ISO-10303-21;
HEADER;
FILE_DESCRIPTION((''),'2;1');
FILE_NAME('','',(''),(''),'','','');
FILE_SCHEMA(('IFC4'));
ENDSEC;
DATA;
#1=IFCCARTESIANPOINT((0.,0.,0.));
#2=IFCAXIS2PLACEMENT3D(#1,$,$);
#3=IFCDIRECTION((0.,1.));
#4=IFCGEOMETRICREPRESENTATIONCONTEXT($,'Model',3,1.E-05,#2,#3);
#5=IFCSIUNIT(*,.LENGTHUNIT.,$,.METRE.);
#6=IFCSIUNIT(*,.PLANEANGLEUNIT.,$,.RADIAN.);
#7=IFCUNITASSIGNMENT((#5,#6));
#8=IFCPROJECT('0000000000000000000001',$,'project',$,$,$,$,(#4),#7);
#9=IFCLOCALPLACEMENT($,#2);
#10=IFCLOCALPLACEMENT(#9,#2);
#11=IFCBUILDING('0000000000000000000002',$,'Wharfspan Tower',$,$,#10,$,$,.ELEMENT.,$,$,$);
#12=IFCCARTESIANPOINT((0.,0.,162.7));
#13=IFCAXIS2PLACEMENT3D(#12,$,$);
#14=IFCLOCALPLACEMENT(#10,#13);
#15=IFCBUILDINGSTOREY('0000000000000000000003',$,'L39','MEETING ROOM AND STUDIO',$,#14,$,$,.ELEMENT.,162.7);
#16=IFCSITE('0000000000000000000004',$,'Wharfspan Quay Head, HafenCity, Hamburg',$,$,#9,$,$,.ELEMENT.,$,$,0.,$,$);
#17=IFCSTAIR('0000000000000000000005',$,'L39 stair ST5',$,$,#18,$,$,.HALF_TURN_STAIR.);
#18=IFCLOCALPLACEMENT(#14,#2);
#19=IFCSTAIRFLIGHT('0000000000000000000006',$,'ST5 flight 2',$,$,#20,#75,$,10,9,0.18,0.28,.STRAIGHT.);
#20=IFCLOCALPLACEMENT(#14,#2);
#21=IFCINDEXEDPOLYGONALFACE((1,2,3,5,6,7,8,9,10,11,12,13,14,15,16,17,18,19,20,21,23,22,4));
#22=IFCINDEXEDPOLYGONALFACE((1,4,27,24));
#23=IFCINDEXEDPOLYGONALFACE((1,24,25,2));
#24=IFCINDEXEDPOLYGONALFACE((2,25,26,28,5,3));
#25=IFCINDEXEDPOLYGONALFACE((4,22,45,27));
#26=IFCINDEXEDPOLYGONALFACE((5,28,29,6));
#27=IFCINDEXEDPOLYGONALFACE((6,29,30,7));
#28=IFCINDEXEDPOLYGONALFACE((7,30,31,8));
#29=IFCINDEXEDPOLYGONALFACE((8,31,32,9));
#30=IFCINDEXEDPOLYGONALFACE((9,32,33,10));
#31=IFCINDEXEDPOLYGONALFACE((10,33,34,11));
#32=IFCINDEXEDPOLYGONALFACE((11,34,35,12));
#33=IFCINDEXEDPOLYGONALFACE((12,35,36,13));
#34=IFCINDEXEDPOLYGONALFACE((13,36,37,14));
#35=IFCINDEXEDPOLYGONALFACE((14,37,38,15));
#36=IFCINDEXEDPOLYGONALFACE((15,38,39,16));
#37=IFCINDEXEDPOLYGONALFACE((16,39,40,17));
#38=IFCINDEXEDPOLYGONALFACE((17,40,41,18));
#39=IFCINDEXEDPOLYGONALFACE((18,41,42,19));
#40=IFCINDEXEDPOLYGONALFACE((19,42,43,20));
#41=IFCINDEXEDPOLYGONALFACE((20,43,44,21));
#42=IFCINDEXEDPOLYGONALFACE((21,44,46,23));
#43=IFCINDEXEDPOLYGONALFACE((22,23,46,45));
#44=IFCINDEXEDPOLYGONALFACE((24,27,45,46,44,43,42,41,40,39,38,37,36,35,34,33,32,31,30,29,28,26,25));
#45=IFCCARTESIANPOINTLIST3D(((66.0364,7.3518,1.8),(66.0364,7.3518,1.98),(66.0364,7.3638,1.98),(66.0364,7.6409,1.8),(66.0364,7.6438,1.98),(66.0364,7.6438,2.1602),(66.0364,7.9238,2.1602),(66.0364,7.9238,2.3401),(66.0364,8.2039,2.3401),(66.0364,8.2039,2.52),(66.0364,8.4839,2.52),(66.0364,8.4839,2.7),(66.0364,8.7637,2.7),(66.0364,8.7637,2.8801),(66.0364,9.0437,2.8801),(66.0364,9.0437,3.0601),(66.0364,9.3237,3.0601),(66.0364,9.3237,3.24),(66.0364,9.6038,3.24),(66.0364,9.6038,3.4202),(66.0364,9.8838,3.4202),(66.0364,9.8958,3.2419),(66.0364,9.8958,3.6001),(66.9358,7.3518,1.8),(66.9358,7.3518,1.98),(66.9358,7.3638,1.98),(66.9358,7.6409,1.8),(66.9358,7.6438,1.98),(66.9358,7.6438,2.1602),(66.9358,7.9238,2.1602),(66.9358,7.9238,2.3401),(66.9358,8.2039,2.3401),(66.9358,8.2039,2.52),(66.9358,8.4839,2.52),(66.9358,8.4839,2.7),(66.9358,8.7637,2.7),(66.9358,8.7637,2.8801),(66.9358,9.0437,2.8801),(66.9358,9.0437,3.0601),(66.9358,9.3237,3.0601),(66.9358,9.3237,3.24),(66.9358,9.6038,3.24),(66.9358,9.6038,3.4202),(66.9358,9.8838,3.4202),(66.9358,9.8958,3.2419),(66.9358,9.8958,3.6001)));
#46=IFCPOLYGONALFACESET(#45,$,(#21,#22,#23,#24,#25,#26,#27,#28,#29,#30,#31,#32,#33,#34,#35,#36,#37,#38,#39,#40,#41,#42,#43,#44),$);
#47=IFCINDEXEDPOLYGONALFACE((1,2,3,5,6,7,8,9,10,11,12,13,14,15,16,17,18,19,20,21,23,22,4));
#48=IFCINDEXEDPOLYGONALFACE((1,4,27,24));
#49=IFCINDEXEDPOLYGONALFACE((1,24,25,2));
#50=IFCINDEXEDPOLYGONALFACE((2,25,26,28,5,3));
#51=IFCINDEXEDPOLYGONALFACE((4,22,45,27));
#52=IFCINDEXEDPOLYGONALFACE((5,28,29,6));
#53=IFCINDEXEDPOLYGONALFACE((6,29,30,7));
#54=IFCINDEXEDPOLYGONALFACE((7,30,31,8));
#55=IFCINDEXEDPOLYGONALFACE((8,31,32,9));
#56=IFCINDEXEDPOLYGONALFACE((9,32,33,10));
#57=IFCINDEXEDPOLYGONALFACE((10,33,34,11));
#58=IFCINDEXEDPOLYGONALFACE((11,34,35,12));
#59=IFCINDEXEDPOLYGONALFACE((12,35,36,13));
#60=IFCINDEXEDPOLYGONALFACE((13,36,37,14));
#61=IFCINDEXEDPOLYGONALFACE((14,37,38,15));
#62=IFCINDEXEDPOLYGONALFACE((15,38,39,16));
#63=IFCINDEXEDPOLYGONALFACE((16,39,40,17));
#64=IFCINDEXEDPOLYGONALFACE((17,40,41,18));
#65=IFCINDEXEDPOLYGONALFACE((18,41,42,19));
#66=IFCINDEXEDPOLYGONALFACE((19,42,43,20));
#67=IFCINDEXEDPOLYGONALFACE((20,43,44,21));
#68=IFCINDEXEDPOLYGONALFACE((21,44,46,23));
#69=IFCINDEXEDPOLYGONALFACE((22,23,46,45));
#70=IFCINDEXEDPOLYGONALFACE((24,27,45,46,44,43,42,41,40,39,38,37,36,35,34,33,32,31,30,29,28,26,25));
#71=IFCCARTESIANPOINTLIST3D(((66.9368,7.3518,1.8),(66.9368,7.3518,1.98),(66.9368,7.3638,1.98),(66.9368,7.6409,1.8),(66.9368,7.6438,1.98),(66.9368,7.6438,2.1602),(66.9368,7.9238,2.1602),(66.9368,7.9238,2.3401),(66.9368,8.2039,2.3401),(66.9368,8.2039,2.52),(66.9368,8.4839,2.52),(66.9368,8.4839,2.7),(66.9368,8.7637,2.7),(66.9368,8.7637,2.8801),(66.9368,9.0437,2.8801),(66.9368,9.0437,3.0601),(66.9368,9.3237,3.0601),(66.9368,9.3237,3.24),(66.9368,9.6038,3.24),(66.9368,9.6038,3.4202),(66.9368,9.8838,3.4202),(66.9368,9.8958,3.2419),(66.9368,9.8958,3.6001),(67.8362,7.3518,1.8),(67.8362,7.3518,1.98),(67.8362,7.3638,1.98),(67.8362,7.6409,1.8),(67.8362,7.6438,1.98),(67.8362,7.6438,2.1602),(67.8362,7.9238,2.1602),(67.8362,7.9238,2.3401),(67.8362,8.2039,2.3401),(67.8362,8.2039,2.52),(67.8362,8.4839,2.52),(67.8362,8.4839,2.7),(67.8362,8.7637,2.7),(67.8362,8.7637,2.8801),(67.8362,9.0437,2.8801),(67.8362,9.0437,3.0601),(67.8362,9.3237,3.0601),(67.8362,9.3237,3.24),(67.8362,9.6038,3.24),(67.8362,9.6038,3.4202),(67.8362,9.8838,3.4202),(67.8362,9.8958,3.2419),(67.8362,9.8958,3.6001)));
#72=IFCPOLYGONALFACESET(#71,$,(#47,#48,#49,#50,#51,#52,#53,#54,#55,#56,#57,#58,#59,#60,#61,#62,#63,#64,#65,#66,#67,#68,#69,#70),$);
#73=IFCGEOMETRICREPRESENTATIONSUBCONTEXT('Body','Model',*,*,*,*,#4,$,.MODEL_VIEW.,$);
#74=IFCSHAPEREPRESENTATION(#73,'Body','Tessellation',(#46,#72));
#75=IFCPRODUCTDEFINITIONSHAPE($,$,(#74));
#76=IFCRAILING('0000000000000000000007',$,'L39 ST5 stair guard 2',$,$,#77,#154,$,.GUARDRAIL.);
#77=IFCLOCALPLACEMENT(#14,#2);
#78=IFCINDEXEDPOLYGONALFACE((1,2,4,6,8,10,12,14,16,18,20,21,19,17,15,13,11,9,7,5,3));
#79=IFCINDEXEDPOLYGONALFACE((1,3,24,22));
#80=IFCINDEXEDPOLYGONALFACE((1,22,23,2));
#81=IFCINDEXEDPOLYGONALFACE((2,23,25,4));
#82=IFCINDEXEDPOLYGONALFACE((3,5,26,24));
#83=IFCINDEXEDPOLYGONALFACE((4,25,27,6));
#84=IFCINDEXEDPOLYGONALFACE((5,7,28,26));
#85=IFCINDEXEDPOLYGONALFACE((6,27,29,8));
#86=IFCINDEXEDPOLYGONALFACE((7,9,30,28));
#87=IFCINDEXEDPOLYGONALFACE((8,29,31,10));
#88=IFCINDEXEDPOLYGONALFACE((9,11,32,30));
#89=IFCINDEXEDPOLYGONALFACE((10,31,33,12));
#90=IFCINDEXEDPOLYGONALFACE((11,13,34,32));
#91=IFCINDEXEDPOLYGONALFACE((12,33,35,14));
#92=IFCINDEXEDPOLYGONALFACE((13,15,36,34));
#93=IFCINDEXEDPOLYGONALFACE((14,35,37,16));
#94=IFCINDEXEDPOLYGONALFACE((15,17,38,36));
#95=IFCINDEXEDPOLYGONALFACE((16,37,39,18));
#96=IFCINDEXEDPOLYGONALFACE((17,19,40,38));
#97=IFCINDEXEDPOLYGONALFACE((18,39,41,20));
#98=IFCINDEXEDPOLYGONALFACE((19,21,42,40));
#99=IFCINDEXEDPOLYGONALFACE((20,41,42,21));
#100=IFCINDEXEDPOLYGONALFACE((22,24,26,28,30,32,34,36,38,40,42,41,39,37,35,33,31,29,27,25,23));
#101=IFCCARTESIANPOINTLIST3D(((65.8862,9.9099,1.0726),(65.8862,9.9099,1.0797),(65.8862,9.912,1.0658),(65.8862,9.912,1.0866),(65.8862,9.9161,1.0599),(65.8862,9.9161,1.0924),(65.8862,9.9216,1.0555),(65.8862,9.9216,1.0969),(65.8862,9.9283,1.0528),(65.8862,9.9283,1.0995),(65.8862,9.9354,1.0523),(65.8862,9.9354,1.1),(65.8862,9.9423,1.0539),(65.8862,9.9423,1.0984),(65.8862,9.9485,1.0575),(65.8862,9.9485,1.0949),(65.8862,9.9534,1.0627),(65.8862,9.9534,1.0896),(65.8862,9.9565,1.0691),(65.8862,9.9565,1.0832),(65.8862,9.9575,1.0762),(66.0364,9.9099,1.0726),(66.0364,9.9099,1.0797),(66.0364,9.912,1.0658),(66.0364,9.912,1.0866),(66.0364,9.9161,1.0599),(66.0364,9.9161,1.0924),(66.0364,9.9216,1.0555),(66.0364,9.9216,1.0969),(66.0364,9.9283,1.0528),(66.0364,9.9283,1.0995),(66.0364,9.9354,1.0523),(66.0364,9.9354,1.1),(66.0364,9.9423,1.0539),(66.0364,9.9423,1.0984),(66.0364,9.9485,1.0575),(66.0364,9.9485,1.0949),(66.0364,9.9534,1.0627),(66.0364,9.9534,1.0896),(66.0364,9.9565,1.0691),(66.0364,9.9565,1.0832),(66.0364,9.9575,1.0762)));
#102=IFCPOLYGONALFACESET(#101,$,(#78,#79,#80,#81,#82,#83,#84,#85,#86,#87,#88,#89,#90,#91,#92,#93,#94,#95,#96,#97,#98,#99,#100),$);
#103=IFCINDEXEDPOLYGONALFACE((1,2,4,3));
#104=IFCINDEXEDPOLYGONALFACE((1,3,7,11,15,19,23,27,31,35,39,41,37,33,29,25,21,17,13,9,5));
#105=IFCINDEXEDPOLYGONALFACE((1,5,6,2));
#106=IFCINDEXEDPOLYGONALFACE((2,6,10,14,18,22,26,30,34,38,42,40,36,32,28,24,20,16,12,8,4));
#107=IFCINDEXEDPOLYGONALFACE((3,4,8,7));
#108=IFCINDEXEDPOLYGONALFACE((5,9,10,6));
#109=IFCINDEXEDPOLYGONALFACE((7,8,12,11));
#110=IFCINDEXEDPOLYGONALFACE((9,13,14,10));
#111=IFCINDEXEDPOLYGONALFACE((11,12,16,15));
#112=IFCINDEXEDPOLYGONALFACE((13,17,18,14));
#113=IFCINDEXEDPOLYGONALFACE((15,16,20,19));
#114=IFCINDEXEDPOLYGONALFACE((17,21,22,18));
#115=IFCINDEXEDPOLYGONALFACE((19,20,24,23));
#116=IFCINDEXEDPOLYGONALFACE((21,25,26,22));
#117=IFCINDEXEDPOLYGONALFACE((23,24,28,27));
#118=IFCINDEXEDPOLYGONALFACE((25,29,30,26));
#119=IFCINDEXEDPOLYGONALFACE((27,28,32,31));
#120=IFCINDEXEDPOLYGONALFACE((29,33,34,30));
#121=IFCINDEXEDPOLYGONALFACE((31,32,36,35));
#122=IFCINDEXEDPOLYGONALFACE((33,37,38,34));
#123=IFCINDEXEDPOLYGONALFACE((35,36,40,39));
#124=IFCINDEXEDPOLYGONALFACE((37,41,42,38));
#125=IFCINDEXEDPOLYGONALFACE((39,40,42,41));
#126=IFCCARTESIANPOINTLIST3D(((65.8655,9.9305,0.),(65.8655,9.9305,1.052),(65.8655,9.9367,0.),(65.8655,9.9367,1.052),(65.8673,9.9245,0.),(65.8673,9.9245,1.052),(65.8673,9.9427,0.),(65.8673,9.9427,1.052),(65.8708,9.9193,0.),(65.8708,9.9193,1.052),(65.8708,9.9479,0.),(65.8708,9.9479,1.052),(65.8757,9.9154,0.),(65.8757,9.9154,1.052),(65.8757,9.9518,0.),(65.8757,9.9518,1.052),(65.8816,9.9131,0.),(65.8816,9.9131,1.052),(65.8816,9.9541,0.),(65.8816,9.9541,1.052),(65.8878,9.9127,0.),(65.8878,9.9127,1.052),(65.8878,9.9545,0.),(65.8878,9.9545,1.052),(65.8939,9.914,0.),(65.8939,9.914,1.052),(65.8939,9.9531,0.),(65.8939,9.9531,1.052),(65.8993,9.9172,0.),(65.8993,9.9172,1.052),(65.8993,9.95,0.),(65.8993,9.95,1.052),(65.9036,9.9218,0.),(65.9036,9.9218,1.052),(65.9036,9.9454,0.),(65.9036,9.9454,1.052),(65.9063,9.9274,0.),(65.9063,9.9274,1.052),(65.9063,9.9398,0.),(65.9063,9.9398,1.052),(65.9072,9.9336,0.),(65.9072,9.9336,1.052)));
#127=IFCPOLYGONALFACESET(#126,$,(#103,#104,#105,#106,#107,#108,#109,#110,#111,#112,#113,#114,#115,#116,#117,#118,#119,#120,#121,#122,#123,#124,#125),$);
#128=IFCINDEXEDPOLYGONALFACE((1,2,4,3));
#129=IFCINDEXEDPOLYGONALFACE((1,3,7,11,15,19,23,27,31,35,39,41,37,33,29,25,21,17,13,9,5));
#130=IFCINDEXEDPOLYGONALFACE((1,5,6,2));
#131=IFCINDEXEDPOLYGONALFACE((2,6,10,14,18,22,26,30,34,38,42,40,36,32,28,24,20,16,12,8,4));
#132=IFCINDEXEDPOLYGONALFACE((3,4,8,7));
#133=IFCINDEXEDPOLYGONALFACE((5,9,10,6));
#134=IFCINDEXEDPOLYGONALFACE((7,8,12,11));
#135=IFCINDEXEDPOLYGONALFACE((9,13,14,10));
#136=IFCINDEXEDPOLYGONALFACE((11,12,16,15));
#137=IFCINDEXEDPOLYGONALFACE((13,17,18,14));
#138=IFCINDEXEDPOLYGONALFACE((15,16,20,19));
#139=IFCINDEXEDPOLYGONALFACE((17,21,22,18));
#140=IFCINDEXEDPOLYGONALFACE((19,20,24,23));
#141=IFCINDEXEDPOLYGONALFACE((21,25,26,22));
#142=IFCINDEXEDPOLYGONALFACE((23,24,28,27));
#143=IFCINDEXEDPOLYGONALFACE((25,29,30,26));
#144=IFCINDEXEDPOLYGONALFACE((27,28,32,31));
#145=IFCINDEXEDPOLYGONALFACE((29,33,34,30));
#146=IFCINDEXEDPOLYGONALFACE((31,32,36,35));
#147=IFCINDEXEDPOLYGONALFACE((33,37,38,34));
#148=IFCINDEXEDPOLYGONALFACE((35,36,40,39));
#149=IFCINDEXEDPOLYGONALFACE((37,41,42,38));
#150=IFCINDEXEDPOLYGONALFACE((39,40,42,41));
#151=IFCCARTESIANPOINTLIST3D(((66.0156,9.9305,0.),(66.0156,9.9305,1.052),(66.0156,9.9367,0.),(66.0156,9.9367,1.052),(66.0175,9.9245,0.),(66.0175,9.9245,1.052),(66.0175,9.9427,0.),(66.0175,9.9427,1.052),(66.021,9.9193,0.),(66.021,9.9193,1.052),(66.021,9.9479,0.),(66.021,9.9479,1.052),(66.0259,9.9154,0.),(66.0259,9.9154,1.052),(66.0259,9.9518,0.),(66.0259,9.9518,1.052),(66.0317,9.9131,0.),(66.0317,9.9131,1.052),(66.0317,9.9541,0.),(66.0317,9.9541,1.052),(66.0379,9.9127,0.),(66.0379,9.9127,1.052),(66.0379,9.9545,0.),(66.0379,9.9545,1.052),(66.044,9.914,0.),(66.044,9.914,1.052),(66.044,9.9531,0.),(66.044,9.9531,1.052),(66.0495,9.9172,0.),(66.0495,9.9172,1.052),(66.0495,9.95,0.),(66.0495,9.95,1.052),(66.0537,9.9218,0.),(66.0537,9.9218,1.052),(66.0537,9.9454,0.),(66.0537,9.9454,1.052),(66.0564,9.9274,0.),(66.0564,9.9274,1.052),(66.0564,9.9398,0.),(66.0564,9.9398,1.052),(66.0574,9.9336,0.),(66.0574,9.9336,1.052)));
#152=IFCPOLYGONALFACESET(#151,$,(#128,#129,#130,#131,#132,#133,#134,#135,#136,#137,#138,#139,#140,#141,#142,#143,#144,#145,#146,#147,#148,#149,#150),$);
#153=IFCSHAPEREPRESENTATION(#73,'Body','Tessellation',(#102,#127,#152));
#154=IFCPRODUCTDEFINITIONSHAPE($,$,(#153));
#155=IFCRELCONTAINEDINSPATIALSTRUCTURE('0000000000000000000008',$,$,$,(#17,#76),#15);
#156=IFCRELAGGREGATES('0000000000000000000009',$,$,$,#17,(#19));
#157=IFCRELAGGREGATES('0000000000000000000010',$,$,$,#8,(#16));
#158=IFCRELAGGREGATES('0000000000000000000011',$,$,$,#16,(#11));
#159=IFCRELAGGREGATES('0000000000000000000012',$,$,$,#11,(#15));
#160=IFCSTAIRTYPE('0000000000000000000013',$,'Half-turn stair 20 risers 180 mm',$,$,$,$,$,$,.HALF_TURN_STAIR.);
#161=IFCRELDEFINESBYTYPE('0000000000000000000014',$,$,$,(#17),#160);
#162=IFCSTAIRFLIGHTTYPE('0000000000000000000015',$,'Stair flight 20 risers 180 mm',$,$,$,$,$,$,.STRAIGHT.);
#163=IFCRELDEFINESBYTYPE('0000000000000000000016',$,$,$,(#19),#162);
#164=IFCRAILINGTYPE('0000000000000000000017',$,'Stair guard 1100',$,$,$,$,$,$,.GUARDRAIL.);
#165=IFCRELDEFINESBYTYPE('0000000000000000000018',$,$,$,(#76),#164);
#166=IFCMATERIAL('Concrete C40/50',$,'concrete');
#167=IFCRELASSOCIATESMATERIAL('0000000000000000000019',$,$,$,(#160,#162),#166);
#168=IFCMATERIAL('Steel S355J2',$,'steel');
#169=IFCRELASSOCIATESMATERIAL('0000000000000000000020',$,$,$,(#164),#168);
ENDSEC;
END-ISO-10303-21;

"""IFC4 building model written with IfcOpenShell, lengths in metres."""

from ifc_helpers import new_model, si_unit, direction, frame, origin, origin_2d, place, context, subcontext, project, spatial, polyline, circle, outline, extrude, material, type_object, element, aggregate, save


model = new_model("IFC4")

# Units and contexts
model_context = context("Model", 3, precision=1e-05, world=origin(), true_north=direction((0.0, 1.0)))
body_context = subcontext(model_context, "Body", "Model", "MODEL_VIEW")
ifc_project = project(units=[si_unit("LENGTHUNIT", "METRE"), si_unit("PLANEANGLEUNIT", "RADIAN")], contexts=[model_context])

# Site, building, storey
site_placement = place(None, origin())
site = spatial("IfcSite", under=ifc_project, at=site_placement, Name="Wharfspan Quay Head, HafenCity, Hamburg", CompositionType="ELEMENT", RefElevation=0.0)
building_placement = place(site_placement, origin())
building = spatial("IfcBuilding", under=site, at=building_placement, Name="Wharfspan Tower", CompositionType="ELEMENT")
storey_placement = place(building_placement, frame((0.0, 0.0, 162.7)))
storey = spatial("IfcBuildingStorey", under=building, at=storey_placement, Name="L39", Description="MEETING ROOM AND STUDIO", CompositionType="ELEMENT", Elevation=162.7)

# Shared definitions
ifc_material_1 = material(Name="Steel S355J2", Category="steel")

# Shared definitions
ifc_material_2 = material(Name="Concrete C40/50", Category="concrete")

# Stair, stair flight
stair_type = type_object("IfcStairType", Name="Half-turn stair 20 risers 180 mm", PredefinedType="HALF_TURN_STAIR", material=ifc_material_2)
stair_placement = place(storey_placement, origin())
stair = element("IfcStair", 1, at=stair_placement, inside=storey, type_object=stair_type, Name="L39 stair ST5", PredefinedType="HALF_TURN_STAIR")
stair_flight_type = type_object("IfcStairFlightType", Name="Stair flight 20 risers 180 mm", PredefinedType="STRAIGHT", material=ifc_material_2)
stair_flight_1_placement = place(storey_placement, frame((66.9363, 7.3638, 1.8), z_axis=(0.0, 0.0, 1.0), x_axis=(0.0, 1.0, 0.0)))
stair_flight_1 = element("IfcStairFlight", 2, at=stair_flight_1_placement, type_object=stair_flight_type, Name="ST5 flight 2", NumberOfRisers=10, NumberOfTreads=9, PredefinedType="STRAIGHT", RiserHeight=0.18, TreadLength=0.28, context=body_context, shape_type="SweptSolid", body=[
    extrude(outline(polyline([(-0.012, 0.0), (-0.012, 0.1799), (0.0, 0.1799), (0.28, 0.1799), (0.28, 0.3601), (0.5601, 0.3601), (0.5601, 0.54), (0.8401, 0.54), (0.8401, 0.72), (1.1201, 0.72), (1.1201, 0.8999), (1.3999, 0.8999), (1.3999, 1.0801), (1.6799, 1.0801), (1.6799, 1.26), (1.96, 1.26), (1.96, 1.4399), (2.24, 1.4399), (2.24, 1.6201), (2.52, 1.6201), (2.532, 1.8), (2.532, 1.4419), (0.2771, 0.0), (-0.012, 0.0)])), frame((0.0, 0.8999, 0.0), z_axis=(0.0, -1.0, 0.0), x_axis=(1.0, 0.0, 0.0)), (0.0, 0.0, 1.0), 0.8994),
    extrude(outline(polyline([(-0.012, 0.0), (-0.012, 0.1799), (0.0, 0.1799), (0.28, 0.1799), (0.28, 0.3601), (0.5601, 0.3601), (0.5601, 0.54), (0.8401, 0.54), (0.8401, 0.72), (1.1201, 0.72), (1.1201, 0.8999), (1.3999, 0.8999), (1.3999, 1.0801), (1.6799, 1.0801), (1.6799, 1.26), (1.96, 1.26), (1.96, 1.4399), (2.24, 1.4399), (2.24, 1.6201), (2.52, 1.6201), (2.532, 1.8), (2.532, 1.4419), (0.2771, 0.0), (-0.012, 0.0)])), frame((0.0, -0.0005, 0.0), z_axis=(0.0, -1.0, 0.0), x_axis=(1.0, 0.0, 0.0)), (0.0, 0.0, 1.0), 0.8994),
])
aggregate(stair, [stair_flight_1])

# Railing
railing_type_1 = type_object("IfcRailingType", Name="Stair guard 1100", PredefinedType="GUARDRAIL", material=ifc_material_1)
railing_1_placement = place(storey_placement, frame((65.8862, 9.9336, 0.0)))
element("IfcRailing", 3, at=railing_1_placement, inside=storey, type_object=railing_type_1, Name="L39 ST5 stair guard 2", PredefinedType="GUARDRAIL", context=body_context, shape_type="SweptSolid", body=[
    extrude(circle(Radius=0.0239, at=origin_2d()), frame((0.0, 0.0, 1.0762), z_axis=(1.0, 0.0, 0.0), x_axis=(0.0, 1.0, 0.0)), (0.0, 0.0, 1.0), 0.1501),
    extrude(circle(Radius=0.021, at=origin_2d()), origin(), (0.0, 0.0, 1.0), 1.052),
    extrude(circle(Radius=0.021, at=origin_2d()), frame((0.1501, 0.0, 0.0)), (0.0, 0.0, 1.0), 1.052),
])

save(model, "model.ifc")
